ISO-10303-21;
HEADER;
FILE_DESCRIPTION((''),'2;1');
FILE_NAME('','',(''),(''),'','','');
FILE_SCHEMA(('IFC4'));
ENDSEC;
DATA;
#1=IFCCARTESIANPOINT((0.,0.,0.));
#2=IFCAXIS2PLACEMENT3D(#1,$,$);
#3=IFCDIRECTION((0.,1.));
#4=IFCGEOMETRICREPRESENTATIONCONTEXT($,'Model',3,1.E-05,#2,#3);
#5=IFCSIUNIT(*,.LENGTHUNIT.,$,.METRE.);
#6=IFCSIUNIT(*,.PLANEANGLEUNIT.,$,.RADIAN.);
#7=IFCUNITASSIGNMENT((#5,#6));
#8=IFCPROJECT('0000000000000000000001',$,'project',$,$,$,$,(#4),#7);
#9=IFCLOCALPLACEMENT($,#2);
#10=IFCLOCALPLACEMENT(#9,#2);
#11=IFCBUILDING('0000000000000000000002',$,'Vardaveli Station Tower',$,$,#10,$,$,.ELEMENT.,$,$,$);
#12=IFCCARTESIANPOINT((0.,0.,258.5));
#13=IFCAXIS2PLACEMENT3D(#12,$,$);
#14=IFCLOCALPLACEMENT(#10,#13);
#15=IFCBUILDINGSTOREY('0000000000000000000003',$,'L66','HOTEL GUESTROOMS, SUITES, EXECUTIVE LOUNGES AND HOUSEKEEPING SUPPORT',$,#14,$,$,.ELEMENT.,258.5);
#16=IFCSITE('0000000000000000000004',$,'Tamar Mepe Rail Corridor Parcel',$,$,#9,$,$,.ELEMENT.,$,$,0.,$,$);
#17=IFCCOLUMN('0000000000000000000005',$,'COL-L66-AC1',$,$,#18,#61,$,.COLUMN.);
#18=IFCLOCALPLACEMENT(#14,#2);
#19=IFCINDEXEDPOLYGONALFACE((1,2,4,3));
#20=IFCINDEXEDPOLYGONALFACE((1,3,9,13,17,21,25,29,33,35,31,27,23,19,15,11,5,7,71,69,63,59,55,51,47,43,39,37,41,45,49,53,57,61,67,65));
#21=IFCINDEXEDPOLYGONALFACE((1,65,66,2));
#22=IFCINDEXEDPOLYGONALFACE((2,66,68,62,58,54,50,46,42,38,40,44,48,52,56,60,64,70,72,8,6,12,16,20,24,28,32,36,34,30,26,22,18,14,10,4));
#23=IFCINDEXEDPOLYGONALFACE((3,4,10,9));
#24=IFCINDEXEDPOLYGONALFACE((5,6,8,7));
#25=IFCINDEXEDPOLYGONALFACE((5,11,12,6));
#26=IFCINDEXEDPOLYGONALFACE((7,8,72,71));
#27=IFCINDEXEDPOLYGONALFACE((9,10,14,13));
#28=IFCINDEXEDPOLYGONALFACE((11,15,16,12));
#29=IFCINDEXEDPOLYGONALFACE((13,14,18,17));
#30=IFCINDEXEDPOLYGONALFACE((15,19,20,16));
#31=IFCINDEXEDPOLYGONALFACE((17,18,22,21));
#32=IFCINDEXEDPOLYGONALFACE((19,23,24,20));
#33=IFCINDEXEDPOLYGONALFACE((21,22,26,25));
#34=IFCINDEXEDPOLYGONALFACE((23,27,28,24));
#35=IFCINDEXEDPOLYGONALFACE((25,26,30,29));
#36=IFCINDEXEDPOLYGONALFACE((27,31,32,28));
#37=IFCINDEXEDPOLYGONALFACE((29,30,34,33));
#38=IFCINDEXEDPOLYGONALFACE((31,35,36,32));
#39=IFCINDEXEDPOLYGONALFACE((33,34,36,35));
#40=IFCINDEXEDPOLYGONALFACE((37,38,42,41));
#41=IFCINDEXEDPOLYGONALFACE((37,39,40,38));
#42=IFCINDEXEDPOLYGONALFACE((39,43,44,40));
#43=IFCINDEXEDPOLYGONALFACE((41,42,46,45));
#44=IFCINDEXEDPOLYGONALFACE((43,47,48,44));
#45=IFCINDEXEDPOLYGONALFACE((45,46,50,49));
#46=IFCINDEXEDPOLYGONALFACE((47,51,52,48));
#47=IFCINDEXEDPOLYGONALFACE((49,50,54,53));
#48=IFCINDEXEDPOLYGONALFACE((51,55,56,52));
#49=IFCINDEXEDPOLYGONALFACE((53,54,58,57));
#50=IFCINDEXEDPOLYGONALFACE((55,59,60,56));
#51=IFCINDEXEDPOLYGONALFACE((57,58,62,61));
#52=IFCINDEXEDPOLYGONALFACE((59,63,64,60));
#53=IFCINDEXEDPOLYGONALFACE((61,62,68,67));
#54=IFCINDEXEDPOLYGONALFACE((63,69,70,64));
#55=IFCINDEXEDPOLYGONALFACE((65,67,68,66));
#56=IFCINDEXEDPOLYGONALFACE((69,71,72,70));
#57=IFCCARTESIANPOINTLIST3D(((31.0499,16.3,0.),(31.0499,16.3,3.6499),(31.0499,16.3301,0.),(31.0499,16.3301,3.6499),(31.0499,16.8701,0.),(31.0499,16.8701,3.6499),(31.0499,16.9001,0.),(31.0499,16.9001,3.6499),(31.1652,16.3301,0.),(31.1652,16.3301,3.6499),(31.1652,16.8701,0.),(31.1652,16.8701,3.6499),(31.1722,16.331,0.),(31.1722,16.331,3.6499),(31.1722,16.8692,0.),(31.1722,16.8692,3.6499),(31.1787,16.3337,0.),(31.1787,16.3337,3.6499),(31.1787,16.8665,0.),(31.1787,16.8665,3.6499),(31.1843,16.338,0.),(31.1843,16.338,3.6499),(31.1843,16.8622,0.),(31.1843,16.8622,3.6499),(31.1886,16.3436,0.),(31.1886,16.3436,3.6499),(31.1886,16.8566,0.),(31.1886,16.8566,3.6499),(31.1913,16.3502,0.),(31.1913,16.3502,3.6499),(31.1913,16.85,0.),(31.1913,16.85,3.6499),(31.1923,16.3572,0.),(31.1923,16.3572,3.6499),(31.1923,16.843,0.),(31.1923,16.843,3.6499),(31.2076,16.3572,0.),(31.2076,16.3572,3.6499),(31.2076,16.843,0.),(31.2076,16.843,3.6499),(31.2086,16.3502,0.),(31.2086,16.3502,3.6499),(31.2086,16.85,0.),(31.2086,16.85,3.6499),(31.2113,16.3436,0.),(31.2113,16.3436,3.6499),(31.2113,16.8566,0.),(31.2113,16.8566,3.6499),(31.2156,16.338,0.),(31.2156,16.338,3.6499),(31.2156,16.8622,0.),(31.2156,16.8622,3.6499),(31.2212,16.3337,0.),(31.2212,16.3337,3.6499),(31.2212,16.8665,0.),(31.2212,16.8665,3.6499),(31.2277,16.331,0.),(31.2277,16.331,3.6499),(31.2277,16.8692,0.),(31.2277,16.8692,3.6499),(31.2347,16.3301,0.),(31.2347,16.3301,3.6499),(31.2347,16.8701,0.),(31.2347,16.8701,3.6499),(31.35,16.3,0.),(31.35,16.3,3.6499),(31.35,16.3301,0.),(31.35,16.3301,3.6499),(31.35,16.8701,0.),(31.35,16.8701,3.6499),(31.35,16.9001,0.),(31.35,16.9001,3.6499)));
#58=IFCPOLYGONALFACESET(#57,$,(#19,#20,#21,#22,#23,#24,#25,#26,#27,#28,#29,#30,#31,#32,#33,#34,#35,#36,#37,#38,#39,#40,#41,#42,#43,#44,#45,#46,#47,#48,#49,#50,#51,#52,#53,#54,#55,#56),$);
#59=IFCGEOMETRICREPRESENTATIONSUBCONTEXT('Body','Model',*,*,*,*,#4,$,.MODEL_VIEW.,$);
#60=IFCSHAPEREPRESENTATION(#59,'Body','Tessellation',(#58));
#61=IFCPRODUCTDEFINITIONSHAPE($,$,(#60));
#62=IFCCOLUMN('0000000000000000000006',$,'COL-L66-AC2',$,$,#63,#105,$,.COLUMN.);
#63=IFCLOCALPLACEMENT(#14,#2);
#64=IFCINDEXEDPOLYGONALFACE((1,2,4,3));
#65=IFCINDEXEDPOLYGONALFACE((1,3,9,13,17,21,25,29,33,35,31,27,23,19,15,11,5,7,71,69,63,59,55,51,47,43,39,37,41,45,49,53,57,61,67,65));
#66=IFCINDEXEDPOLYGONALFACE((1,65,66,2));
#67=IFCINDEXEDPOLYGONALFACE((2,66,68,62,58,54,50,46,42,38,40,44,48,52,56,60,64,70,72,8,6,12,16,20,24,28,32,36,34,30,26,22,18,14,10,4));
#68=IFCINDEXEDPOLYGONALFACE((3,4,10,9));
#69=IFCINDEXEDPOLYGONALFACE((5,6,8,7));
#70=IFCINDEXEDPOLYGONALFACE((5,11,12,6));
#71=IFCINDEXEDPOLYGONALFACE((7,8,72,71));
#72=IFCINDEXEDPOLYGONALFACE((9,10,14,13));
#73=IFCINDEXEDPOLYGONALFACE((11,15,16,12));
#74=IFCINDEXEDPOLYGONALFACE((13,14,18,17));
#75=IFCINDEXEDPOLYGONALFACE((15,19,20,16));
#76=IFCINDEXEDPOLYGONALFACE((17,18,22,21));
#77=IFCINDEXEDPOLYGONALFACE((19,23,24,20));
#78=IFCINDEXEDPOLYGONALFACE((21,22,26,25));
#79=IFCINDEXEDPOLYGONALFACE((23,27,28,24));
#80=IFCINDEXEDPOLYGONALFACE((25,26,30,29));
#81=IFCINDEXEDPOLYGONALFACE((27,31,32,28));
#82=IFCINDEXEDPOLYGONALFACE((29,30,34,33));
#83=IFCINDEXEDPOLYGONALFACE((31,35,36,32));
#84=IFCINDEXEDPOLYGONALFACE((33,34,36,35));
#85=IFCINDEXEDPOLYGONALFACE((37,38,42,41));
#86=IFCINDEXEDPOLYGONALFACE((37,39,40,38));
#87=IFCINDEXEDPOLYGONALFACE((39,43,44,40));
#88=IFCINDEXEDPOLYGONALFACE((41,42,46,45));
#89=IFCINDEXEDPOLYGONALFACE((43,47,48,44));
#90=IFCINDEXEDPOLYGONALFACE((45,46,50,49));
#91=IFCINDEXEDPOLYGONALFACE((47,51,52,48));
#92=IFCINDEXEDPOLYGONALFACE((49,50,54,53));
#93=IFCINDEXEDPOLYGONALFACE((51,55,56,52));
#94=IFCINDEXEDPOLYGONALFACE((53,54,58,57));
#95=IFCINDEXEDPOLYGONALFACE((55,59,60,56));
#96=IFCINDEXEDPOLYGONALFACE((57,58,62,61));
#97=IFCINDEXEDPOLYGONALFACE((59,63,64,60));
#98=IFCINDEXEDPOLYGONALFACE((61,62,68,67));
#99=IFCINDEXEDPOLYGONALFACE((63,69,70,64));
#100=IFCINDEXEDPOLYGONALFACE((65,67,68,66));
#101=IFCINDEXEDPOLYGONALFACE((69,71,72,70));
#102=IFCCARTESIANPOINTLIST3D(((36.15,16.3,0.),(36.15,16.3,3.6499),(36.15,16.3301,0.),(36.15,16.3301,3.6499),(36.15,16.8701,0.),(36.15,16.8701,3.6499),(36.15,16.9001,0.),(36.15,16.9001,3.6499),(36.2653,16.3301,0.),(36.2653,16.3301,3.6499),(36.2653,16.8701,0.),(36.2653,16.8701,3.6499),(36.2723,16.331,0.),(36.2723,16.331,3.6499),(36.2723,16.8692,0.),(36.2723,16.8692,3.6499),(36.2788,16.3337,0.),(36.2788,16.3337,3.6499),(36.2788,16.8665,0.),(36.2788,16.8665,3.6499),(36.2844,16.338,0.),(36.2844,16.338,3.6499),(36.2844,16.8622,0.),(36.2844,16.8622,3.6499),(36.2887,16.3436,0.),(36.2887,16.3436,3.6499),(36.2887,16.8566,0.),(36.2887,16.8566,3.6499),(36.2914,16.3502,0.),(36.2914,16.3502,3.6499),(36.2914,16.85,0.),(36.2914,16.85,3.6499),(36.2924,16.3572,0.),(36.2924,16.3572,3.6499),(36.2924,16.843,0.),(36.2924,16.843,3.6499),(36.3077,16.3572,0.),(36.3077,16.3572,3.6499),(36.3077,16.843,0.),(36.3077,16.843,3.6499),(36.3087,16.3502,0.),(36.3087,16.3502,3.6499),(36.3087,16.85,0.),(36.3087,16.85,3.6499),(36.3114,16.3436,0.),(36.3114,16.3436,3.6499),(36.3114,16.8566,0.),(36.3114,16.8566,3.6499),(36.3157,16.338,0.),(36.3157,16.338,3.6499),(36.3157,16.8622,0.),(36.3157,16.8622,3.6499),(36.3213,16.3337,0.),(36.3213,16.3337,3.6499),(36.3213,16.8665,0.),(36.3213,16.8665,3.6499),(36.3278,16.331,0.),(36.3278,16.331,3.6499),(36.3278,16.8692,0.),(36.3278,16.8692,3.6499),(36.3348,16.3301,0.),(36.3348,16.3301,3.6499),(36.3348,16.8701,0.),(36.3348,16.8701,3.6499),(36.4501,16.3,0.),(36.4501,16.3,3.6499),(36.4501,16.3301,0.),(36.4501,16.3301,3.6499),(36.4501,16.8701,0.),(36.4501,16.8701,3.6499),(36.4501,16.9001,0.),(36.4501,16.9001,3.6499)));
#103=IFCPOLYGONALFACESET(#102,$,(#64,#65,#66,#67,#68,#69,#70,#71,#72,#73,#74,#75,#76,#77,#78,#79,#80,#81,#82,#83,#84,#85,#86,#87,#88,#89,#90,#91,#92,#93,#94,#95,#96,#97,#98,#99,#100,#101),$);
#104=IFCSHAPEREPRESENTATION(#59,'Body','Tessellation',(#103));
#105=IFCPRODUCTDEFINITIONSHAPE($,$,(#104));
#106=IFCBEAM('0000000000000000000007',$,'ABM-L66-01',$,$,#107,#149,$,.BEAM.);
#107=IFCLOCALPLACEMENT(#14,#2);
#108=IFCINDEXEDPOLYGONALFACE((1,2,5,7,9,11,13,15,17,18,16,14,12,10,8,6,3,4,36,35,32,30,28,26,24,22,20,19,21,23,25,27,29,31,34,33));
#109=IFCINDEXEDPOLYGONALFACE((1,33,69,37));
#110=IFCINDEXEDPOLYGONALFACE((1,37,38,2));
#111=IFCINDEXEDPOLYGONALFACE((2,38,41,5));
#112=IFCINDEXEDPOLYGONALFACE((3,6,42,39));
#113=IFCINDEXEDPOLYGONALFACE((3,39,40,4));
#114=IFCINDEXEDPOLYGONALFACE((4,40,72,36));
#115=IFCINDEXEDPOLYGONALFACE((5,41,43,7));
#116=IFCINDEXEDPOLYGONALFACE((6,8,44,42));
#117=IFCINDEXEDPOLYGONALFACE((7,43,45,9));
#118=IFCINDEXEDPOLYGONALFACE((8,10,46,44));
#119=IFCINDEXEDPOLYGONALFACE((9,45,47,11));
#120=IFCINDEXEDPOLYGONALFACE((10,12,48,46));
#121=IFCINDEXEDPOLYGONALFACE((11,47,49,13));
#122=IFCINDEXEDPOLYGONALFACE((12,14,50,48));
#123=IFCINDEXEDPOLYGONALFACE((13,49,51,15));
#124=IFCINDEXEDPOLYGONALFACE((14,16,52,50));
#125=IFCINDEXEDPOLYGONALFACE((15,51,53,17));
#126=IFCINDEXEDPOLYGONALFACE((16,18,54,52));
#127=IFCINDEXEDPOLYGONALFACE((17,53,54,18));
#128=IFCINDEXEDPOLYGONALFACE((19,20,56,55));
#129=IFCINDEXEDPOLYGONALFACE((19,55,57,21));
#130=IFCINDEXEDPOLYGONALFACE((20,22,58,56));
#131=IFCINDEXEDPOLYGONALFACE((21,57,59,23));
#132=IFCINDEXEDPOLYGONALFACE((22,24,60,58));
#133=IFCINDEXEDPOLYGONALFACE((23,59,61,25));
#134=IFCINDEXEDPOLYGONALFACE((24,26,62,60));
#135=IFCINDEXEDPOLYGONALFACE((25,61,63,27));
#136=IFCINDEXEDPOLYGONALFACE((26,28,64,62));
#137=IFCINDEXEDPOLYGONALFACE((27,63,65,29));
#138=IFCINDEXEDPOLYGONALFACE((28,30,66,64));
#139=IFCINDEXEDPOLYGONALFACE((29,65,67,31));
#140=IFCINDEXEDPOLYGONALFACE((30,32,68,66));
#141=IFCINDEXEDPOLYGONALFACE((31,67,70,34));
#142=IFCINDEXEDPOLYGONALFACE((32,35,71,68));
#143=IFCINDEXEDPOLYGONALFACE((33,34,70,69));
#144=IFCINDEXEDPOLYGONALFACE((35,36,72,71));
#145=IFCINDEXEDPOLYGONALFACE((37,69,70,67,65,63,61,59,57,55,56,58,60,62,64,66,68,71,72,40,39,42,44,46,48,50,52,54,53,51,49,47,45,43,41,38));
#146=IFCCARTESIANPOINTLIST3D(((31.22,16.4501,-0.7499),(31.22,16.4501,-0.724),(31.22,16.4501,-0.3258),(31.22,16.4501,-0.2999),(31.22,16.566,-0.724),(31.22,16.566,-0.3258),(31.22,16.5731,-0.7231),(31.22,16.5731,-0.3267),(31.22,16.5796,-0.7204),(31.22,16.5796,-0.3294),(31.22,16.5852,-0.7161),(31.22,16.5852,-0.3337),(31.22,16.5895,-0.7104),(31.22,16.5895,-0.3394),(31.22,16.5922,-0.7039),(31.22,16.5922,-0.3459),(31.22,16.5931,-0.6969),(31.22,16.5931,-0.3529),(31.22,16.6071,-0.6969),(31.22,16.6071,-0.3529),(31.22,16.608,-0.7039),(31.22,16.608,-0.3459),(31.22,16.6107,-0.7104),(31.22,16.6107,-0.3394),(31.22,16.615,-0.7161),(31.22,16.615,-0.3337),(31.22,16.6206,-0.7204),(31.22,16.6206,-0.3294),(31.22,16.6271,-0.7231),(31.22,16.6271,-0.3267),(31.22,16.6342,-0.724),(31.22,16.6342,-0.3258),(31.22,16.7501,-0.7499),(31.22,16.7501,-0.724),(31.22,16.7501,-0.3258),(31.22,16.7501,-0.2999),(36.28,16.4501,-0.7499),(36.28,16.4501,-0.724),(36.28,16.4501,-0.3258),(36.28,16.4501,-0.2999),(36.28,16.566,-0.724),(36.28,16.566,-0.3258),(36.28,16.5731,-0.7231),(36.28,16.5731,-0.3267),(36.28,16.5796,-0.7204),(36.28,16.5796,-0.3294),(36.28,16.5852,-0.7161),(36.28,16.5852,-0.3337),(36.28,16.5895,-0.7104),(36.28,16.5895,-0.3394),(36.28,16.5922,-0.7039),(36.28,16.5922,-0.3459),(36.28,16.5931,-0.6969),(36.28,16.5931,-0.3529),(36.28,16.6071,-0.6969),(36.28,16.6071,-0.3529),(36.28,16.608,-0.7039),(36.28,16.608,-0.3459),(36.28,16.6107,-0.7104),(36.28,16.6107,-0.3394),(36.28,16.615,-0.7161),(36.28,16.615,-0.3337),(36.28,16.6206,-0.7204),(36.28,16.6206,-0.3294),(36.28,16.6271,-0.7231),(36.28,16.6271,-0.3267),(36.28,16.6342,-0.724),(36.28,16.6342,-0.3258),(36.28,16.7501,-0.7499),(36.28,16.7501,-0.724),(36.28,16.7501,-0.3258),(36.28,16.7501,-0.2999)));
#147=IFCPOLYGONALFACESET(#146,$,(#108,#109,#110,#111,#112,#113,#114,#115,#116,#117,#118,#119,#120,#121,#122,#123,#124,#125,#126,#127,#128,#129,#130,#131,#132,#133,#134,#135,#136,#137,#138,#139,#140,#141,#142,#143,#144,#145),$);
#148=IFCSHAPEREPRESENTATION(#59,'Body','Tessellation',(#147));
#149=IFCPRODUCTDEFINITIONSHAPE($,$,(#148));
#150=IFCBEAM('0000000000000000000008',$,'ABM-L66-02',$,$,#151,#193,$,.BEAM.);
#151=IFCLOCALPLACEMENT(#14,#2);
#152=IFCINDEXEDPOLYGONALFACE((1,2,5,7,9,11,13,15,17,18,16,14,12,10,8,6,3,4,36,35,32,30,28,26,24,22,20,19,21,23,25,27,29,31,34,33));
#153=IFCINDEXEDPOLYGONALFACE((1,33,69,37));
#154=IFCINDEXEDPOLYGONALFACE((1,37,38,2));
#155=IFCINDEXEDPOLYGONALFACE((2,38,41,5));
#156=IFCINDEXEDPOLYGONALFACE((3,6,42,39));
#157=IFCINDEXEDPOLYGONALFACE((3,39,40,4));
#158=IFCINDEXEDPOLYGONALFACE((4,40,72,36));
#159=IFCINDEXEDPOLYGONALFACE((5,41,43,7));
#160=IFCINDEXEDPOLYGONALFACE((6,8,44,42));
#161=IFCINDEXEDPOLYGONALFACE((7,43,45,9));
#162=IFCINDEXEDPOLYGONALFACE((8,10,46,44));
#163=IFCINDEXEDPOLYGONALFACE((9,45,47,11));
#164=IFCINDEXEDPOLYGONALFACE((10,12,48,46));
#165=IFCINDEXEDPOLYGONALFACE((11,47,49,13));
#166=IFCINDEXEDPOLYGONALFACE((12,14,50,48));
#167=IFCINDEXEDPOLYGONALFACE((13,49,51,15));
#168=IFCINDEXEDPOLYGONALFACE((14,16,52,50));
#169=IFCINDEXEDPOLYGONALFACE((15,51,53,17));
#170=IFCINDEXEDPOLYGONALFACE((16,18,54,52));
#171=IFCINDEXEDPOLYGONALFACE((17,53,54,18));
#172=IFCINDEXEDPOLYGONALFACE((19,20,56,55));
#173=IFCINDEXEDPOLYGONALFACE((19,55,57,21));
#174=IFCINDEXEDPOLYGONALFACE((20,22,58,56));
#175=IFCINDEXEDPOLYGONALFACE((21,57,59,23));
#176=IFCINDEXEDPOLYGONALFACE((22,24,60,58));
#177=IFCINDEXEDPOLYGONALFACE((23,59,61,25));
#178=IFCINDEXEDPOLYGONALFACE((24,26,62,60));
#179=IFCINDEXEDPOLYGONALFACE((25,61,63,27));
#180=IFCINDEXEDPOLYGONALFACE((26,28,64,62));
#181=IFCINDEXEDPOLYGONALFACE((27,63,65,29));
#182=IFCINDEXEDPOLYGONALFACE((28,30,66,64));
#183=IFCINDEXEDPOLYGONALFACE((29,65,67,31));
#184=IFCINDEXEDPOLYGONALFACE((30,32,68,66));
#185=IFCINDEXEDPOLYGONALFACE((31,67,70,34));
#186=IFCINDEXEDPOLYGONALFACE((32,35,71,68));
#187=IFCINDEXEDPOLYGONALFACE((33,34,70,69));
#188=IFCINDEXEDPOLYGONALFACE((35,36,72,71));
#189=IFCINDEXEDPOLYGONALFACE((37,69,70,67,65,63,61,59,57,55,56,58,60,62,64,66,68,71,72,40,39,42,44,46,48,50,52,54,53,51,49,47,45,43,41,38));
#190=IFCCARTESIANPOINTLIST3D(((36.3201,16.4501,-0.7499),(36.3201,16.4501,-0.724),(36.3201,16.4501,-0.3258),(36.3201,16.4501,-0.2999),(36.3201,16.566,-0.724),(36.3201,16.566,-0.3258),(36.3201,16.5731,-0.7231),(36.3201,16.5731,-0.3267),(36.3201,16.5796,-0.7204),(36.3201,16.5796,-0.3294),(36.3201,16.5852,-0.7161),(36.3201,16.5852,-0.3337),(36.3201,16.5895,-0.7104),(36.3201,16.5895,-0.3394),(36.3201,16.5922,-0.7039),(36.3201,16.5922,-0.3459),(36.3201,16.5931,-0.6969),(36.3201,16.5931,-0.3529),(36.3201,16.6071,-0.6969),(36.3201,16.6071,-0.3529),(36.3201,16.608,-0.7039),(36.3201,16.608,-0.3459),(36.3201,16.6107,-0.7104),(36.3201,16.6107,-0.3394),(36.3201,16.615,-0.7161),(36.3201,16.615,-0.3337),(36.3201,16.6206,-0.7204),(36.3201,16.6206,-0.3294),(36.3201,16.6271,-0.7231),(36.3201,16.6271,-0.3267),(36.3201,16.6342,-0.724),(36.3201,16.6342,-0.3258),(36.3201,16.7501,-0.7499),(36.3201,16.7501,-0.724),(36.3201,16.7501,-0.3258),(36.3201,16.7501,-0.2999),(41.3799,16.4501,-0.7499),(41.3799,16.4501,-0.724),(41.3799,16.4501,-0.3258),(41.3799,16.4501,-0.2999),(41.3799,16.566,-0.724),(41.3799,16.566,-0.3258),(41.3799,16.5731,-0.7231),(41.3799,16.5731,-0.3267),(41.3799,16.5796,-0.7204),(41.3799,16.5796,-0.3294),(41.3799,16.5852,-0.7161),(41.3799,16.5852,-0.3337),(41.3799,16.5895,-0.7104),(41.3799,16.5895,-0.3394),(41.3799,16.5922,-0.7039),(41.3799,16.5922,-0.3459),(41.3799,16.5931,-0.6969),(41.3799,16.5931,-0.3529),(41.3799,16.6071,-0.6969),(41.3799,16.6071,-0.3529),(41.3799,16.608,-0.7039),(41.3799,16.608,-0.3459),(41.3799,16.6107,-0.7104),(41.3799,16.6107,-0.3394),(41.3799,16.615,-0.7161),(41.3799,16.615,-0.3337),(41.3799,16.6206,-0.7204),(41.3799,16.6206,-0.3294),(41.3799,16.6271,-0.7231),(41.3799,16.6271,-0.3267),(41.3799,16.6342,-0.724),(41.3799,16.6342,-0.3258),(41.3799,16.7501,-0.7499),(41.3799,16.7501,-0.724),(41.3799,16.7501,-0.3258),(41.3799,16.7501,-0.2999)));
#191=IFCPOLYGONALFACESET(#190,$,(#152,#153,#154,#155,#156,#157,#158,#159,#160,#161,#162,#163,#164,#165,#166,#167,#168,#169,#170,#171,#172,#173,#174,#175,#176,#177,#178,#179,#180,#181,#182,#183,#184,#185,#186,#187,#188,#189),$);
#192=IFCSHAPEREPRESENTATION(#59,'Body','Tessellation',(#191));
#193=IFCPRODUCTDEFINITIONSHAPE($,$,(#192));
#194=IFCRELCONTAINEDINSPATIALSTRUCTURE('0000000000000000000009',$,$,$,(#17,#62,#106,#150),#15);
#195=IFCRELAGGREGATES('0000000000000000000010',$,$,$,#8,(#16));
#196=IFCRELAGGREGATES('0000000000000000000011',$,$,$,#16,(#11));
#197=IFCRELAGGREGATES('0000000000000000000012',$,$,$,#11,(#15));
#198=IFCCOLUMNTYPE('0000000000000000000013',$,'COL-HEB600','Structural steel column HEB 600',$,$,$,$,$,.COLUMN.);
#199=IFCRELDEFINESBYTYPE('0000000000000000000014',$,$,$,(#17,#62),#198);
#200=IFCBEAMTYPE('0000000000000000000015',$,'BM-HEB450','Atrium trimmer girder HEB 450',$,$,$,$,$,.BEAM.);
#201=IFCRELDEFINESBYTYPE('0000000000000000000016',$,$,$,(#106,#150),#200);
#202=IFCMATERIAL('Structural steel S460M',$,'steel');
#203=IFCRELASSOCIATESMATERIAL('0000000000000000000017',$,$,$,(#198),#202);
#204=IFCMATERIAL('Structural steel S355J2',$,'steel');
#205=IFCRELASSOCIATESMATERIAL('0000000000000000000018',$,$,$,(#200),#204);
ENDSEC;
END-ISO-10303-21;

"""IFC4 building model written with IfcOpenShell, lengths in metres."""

from ifc_helpers import new_model, si_unit, direction, frame, origin, origin_2d, place, context, subcontext, project, spatial, i_section, extrude, source, transform, mapped, material, material_profile, profile_set, type_object, element, save


model = new_model("IFC4")

# Units and contexts
model_context = context("Model", 3, precision=1e-05, world=origin(), true_north=direction((0.0, 1.0)))
body_context = subcontext(model_context, "Body", "Model", "MODEL_VIEW")
ifc_project = project(units=[si_unit("LENGTHUNIT", "METRE"), si_unit("PLANEANGLEUNIT", "RADIAN")], contexts=[model_context])

# Site, building, storey
site_placement = place(None, origin())
site = spatial("IfcSite", under=ifc_project, at=site_placement, Name="Tamar Mepe Rail Corridor Parcel", CompositionType="ELEMENT", RefElevation=0.0)
building_placement = place(site_placement, origin())
building = spatial("IfcBuilding", under=site, at=building_placement, Name="Vardaveli Station Tower", CompositionType="ELEMENT")
storey_placement = place(building_placement, frame((0.0, 0.0, 258.5)))
storey = spatial("IfcBuildingStorey", under=building, at=storey_placement, Name="L66", Description="HOTEL GUESTROOMS, SUITES, EXECUTIVE LOUNGES AND HOUSEKEEPING SUPPORT", CompositionType="ELEMENT", Elevation=258.5)

# Columns
ifc_material_1 = material(Name="Structural steel S460M", Category="steel")
ifc_material_profile_1 = material_profile(ifc_material_1, i_section(OverallWidth=0.3, OverallDepth=0.6001, WebThickness=0.0154, FlangeThickness=0.03, FilletRadius=0.0271, at=origin_2d()), Name="HEB 600")
ifc_profile_set_1 = profile_set([ifc_material_profile_1], Name="Structural steel S460M")
column_type = type_object("IfcColumnType", Name="COL-HEB600", Description="Structural steel column HEB 600", PredefinedType="COLUMN", material=ifc_profile_set_1)
shared_shape_1 = source(origin(), body_context, "Body", "SweptSolid", [
    extrude(i_section(OverallWidth=0.3, OverallDepth=0.6001, WebThickness=0.0154, FlangeThickness=0.03, FilletRadius=0.0271, at=origin_2d()), origin(), (0.0, 0.0, 1.0), 3.6499),
])
for number, where, z_axis, x_axis, name in (
    (1, (31.2, 16.6001, 0.0), (0.0, 0.0, 1.0), (1.0, 0.0, 0.0), "COL-L66-AC1"),
    (2, (36.3, 16.6001, 0.0), (0.0, 0.0, 1.0), (1.0, 0.0, 0.0), "COL-L66-AC2"),
):
    element("IfcColumn", number, at=place(storey_placement, frame(where, z_axis=z_axis, x_axis=x_axis)), inside=storey, type_object=column_type, Name=name, PredefinedType="COLUMN", context=body_context, shape_type="MappedRepresentation", body=[
        mapped(shared_shape_1, transform((0.0, 0.0, 0.0), scale=1.0)),
    ])

# Beams
ifc_material_2 = material(Name="Structural steel S355J2", Category="steel")
ifc_material_profile_2 = material_profile(ifc_material_2, i_section(OverallWidth=0.3, OverallDepth=0.45, WebThickness=0.0139, FlangeThickness=0.0259, FilletRadius=0.0271, at=origin_2d()), Name="HEB 450")
ifc_profile_set_2 = profile_set([ifc_material_profile_2], Name="Structural steel S355J2")
beam_type_1 = type_object("IfcBeamType", Name="BM-HEB450", Description="Atrium trimmer girder HEB 450", PredefinedType="BEAM", material=ifc_profile_set_2)
shared_shape_2 = source(origin(), body_context, "Body", "SweptSolid", [
    extrude(i_section(OverallWidth=0.3, OverallDepth=0.45, WebThickness=0.0139, FlangeThickness=0.0259, FilletRadius=0.0271, at=origin_2d()), origin(), (0.0, 0.0, 1.0), 5.0601),
])
beam_1_placement = place(storey_placement, frame((31.22, 16.6001, -0.5249), z_axis=(1.0, 0.0, 0.0), x_axis=(0.0, 1.0, 0.0)))
element("IfcBeam", 3, at=beam_1_placement, inside=storey, type_object=beam_type_1, Name="ABM-L66-01", PredefinedType="BEAM", context=body_context, shape_type="MappedRepresentation", body=[
    mapped(shared_shape_2, transform((0.0, 0.0, 0.0), scale=1.0)),
])
shared_shape_3 = source(origin(), body_context, "Body", "SweptSolid", [
    extrude(i_section(OverallWidth=0.3, OverallDepth=0.45, WebThickness=0.0139, FlangeThickness=0.0259, FilletRadius=0.0271, at=origin_2d()), origin(), (0.0, 0.0, 1.0), 5.0598),
])
beam_2_placement = place(storey_placement, frame((36.3201, 16.6001, -0.5249), z_axis=(1.0, 0.0, 0.0), x_axis=(0.0, 1.0, 0.0)))
element("IfcBeam", 4, at=beam_2_placement, inside=storey, type_object=beam_type_1, Name="ABM-L66-02", PredefinedType="BEAM", context=body_context, shape_type="MappedRepresentation", body=[
    mapped(shared_shape_3, transform((0.0, 0.0, 0.0), scale=1.0)),
])

save(model, "model.ifc")
